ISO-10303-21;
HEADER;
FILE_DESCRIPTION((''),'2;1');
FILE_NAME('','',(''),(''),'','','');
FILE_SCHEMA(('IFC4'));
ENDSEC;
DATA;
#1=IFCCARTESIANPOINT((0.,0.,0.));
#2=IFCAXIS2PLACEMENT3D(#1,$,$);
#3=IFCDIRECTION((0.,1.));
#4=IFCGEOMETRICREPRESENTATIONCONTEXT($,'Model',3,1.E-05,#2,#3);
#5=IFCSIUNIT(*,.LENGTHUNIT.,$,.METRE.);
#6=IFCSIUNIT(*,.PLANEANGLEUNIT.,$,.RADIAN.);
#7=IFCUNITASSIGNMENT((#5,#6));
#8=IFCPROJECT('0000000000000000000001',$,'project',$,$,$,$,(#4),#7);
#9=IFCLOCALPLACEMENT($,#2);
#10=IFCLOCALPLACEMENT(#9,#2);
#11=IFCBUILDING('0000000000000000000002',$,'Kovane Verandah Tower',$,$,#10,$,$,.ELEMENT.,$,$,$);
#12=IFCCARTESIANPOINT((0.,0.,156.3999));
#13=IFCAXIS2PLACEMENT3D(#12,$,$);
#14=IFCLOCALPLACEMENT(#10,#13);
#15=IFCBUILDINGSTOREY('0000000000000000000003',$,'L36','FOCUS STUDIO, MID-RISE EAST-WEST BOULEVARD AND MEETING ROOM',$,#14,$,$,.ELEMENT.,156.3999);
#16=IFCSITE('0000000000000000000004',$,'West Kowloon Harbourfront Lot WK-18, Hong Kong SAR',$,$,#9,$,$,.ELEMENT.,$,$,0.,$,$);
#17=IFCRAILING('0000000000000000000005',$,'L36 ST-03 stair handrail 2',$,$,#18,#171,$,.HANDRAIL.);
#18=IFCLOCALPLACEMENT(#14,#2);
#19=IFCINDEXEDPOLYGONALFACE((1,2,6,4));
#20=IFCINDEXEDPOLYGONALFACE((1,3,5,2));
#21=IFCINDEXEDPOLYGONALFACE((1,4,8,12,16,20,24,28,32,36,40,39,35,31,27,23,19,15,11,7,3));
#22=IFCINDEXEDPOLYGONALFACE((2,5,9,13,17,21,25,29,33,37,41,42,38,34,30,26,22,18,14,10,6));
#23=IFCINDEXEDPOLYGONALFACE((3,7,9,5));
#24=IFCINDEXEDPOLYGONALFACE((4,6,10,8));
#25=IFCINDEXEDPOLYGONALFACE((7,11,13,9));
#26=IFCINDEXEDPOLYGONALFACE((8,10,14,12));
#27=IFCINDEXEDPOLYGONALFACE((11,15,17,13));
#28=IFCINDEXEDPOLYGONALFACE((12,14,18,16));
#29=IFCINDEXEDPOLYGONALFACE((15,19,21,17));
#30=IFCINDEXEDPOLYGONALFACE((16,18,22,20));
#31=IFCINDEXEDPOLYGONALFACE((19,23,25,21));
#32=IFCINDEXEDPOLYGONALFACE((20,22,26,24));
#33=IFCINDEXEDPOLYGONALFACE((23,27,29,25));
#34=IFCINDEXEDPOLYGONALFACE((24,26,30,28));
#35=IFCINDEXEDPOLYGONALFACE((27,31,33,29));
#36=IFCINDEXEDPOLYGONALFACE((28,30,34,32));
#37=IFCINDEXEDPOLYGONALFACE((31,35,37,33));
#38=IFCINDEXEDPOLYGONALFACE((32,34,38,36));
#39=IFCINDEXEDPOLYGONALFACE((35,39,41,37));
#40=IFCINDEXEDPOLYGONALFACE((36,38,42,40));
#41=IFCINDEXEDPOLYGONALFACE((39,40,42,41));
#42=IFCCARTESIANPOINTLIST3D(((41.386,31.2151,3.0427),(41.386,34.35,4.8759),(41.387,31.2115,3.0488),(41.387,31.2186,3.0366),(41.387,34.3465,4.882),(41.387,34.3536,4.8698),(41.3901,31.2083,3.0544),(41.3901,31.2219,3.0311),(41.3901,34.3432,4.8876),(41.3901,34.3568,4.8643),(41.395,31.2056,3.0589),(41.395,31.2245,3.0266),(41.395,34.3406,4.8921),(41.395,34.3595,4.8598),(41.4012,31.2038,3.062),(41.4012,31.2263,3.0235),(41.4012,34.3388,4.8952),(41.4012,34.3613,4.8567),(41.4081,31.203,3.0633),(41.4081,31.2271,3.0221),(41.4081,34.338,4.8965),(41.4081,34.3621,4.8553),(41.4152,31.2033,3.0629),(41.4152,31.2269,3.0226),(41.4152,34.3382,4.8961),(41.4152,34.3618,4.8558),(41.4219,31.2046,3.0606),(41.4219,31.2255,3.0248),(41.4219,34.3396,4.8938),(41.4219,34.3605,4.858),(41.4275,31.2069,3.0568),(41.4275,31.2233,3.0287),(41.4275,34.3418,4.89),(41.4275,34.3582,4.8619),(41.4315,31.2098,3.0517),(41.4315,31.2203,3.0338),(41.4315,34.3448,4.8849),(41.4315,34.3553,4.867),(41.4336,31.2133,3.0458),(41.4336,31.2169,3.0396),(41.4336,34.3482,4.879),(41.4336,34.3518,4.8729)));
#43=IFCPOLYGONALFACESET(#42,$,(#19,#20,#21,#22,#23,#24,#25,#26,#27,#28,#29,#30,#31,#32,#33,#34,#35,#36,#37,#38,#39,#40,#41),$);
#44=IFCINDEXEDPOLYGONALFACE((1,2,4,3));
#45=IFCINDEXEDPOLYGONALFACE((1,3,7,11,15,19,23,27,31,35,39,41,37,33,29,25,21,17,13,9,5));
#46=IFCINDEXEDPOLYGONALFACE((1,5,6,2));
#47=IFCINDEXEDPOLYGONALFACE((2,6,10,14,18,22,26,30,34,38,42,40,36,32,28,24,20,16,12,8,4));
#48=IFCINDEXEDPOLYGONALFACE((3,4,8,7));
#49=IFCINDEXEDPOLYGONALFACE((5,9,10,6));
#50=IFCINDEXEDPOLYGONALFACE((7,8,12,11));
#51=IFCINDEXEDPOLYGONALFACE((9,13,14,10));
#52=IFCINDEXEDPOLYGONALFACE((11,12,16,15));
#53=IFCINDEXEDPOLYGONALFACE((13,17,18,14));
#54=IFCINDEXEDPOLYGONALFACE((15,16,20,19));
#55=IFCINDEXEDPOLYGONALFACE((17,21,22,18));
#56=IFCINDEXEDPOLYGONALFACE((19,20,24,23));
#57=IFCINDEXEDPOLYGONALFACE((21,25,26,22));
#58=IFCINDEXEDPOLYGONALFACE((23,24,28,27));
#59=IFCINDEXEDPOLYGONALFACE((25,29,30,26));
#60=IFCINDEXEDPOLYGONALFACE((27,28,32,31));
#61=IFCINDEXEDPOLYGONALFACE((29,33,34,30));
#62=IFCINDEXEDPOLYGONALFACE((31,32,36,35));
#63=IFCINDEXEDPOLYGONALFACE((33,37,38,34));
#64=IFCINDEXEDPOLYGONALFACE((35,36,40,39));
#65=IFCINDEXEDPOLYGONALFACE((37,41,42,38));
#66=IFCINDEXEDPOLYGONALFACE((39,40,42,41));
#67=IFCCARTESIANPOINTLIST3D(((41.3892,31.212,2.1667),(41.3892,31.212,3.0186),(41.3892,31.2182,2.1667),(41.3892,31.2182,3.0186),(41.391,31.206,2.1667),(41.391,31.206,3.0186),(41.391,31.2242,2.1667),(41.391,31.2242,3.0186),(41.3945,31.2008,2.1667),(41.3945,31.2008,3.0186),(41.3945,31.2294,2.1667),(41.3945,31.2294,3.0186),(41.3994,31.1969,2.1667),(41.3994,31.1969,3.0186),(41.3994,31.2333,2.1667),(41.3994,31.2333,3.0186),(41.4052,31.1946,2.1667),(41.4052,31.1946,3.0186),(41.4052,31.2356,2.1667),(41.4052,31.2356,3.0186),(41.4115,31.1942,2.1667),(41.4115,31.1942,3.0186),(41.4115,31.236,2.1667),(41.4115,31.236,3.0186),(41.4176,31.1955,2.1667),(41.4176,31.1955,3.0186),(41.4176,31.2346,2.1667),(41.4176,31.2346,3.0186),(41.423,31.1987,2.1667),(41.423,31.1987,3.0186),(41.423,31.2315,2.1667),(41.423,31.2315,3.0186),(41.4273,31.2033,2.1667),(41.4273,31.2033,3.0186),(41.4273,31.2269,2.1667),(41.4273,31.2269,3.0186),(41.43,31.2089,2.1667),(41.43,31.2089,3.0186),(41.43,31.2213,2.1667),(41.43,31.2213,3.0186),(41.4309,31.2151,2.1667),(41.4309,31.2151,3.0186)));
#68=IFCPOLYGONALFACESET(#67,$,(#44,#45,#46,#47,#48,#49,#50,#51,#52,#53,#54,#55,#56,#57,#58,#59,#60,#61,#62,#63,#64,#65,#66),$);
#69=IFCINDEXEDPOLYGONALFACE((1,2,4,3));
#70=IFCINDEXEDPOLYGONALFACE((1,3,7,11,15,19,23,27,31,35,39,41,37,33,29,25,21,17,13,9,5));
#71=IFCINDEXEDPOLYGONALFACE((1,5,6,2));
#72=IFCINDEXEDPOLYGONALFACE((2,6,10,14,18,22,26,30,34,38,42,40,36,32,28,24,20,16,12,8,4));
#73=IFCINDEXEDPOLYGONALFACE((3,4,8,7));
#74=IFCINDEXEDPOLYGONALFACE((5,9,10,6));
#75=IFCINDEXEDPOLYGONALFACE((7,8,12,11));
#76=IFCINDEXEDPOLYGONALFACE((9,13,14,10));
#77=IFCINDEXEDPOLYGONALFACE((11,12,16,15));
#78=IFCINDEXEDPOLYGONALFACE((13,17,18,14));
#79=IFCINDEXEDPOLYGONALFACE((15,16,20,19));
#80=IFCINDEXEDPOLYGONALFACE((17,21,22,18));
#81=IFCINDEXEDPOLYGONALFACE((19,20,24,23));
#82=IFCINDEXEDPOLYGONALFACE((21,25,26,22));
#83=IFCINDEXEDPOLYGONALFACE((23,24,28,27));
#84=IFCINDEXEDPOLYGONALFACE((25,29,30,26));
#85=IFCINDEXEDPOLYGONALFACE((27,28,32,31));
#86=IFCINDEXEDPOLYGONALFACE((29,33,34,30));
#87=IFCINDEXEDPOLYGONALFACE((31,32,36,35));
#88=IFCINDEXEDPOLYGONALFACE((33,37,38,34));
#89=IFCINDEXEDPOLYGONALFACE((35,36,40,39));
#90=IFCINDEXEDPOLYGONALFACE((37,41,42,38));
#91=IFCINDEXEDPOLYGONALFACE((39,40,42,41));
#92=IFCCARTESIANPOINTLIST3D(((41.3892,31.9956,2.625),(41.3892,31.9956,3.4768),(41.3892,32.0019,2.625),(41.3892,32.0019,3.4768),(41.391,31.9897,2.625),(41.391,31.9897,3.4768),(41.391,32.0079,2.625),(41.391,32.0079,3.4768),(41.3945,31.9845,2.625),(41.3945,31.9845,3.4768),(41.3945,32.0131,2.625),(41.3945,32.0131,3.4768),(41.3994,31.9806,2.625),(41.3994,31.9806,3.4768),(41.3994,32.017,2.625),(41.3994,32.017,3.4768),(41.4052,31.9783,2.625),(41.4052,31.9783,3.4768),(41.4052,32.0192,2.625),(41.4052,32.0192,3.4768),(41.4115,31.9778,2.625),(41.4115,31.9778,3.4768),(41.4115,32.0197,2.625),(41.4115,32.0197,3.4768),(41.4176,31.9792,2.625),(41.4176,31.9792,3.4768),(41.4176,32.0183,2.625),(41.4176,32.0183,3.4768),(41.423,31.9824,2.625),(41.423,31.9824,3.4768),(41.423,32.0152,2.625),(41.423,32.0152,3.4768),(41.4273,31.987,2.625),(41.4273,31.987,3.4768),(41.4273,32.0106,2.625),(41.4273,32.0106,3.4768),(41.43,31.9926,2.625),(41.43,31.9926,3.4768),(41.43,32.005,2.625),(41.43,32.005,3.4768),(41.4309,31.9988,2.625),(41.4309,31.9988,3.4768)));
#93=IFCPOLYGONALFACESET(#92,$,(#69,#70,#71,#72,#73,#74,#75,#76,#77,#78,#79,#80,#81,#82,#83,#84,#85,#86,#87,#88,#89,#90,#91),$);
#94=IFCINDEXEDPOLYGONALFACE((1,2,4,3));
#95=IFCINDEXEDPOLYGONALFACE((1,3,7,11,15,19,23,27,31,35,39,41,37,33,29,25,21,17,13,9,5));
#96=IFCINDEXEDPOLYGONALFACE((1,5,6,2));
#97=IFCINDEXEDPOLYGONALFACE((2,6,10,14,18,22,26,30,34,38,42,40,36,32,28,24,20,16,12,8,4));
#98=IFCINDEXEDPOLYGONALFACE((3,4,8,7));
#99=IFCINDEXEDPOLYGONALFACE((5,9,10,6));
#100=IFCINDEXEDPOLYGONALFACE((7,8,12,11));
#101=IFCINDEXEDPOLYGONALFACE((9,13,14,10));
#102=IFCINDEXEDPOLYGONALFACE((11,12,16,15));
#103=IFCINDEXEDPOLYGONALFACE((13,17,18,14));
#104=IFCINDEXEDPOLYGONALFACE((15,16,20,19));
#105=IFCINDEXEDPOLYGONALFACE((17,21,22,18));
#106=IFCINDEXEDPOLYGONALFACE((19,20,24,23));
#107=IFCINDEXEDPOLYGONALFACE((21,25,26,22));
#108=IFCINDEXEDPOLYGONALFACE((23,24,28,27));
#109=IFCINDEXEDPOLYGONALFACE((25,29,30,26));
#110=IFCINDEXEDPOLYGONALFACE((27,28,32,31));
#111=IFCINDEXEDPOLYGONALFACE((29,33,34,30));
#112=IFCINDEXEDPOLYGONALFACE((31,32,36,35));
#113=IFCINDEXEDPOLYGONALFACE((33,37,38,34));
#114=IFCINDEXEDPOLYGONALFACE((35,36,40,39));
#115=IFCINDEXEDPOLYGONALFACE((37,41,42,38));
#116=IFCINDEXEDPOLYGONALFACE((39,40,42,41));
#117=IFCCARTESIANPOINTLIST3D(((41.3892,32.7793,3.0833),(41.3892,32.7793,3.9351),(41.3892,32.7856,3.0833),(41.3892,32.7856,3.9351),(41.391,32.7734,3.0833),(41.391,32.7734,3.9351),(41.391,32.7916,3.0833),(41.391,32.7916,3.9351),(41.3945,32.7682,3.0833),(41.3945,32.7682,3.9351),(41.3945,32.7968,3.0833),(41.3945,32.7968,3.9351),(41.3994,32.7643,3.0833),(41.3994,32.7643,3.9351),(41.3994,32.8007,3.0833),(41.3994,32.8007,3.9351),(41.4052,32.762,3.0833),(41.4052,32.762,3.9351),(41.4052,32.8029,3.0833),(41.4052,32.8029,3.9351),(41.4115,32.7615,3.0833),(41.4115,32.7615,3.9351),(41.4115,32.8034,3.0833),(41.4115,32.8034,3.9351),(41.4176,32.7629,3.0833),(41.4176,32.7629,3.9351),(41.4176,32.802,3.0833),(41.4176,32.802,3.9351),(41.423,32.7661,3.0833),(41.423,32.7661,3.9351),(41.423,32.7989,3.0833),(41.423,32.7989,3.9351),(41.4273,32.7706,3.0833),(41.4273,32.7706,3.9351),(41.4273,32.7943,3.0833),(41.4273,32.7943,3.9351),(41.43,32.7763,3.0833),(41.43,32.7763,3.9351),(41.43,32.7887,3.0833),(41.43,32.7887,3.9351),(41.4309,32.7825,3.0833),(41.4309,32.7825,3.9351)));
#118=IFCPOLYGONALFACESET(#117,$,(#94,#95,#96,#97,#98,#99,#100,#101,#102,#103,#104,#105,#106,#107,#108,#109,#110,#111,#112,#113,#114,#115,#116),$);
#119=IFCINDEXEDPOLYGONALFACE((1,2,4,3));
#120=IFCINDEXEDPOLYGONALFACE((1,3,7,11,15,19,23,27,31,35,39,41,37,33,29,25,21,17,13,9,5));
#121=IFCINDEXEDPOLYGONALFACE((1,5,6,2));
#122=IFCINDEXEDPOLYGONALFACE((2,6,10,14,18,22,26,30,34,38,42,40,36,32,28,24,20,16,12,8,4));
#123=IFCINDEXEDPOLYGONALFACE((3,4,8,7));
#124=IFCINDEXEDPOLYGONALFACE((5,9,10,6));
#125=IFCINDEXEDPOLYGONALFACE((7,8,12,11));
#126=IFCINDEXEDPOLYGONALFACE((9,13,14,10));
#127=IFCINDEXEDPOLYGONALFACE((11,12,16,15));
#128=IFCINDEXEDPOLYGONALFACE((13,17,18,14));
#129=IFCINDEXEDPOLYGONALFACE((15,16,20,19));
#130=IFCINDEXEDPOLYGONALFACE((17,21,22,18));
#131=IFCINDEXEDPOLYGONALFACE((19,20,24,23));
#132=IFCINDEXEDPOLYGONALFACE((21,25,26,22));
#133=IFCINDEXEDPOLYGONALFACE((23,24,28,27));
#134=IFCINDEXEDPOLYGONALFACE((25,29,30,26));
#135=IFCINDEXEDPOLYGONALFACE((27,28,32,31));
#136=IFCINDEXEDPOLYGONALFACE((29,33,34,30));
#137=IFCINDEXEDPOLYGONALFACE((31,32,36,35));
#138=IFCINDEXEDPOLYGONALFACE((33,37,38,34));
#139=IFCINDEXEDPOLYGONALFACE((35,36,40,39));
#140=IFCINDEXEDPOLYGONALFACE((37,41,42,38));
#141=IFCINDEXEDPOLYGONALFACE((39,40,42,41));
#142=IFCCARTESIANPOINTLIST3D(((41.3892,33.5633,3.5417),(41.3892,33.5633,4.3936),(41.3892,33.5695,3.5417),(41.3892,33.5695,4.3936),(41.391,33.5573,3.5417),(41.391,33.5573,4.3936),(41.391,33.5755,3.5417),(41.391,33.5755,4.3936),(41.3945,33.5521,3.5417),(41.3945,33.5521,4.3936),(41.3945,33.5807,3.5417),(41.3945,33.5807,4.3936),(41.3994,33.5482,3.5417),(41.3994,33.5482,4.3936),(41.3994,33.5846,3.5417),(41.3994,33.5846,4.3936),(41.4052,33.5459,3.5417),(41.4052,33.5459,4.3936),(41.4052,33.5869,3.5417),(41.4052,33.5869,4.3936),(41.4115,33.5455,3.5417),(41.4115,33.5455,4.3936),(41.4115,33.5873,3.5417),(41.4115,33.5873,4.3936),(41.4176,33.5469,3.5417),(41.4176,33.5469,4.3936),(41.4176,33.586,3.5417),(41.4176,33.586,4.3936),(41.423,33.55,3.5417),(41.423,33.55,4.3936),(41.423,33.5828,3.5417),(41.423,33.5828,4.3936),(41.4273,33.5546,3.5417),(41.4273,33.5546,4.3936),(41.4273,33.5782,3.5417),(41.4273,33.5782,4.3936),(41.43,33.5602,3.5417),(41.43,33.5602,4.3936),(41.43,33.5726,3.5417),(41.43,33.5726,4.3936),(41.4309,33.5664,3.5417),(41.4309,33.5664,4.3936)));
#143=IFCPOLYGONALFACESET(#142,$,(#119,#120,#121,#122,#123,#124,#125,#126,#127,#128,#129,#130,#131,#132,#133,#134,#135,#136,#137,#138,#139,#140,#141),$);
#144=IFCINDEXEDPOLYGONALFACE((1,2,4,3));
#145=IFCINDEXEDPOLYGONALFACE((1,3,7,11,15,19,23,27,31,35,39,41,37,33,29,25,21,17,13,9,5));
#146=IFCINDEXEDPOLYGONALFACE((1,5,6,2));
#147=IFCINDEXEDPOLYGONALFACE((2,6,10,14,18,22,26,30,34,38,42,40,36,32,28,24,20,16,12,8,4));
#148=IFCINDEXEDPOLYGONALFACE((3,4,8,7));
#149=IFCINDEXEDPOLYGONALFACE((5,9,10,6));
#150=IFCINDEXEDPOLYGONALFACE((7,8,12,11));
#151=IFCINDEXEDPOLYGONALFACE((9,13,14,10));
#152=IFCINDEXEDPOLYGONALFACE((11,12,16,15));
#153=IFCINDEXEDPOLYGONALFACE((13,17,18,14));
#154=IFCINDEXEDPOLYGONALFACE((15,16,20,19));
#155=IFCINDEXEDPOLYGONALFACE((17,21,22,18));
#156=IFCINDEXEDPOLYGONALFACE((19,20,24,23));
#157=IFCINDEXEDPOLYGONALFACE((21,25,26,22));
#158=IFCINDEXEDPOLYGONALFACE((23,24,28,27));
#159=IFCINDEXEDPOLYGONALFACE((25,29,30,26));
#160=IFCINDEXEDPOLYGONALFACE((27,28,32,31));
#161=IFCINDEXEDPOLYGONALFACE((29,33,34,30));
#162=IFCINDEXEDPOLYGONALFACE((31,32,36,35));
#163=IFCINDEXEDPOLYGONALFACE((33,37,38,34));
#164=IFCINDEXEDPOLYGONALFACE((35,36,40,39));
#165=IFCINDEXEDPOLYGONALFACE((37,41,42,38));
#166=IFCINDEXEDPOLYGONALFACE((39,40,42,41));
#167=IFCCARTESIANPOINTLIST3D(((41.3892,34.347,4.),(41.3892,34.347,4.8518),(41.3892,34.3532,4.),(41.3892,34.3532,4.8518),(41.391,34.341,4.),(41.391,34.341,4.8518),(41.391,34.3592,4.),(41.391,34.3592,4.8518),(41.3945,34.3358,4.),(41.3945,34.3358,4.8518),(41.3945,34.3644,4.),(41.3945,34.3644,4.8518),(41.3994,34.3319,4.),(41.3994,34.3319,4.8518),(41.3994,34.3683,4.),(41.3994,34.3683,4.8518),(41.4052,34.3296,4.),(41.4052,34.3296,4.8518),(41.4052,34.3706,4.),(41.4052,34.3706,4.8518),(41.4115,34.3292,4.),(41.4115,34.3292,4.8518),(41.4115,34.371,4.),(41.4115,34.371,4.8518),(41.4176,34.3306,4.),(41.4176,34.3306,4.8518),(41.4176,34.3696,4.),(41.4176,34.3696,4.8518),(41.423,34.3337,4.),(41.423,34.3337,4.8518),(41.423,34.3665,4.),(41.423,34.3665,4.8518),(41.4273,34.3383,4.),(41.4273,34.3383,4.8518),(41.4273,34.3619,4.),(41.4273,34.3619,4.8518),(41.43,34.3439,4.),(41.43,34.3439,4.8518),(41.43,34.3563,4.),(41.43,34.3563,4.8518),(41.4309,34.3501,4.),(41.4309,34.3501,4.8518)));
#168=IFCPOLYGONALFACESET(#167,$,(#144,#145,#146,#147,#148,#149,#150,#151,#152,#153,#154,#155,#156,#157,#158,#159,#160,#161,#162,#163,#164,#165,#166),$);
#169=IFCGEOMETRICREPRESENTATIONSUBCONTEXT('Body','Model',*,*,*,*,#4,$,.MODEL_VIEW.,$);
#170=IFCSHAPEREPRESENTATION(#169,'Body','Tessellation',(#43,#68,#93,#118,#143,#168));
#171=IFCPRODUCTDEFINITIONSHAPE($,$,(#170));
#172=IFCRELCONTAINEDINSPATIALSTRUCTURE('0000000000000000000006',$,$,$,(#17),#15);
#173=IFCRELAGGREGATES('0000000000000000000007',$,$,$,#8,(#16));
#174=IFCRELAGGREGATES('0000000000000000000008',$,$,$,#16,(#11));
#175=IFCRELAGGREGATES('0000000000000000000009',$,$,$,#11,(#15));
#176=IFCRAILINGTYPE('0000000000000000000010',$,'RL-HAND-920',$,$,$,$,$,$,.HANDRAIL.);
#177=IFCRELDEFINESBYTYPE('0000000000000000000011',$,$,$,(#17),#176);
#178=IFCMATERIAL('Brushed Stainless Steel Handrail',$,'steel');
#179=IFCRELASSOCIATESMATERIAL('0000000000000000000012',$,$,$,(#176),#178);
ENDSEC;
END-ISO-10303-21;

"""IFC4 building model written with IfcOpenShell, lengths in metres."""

from ifc_helpers import new_model, si_unit, direction, frame, origin, origin_2d, place, context, subcontext, project, spatial, circle, extrude, material, type_object, element, save


model = new_model("IFC4")

# Units and contexts
model_context = context("Model", 3, precision=1e-05, world=origin(), true_north=direction((0.0, 1.0)))
body_context = subcontext(model_context, "Body", "Model", "MODEL_VIEW")
ifc_project = project(units=[si_unit("LENGTHUNIT", "METRE"), si_unit("PLANEANGLEUNIT", "RADIAN")], contexts=[model_context])

# Site, building, storey
site_placement = place(None, origin())
site = spatial("IfcSite", under=ifc_project, at=site_placement, Name="West Kowloon Harbourfront Lot WK-18, Hong Kong SAR", CompositionType="ELEMENT", RefElevation=0.0)
building_placement = place(site_placement, origin())
building = spatial("IfcBuilding", under=site, at=building_placement, Name="Kovane Verandah Tower", CompositionType="ELEMENT")
storey_placement = place(building_placement, frame((0.0, 0.0, 156.3999)))
storey = spatial("IfcBuildingStorey", under=building, at=storey_placement, Name="L36", Description="FOCUS STUDIO, MID-RISE EAST-WEST BOULEVARD AND MEETING ROOM", CompositionType="ELEMENT", Elevation=156.3999)

# Railing
ifc_material_1 = material(Name="Brushed Stainless Steel Handrail", Category="steel")
railing_type_1 = type_object("IfcRailingType", Name="RL-HAND-920", PredefinedType="HANDRAIL", material=ifc_material_1)
railing_1_placement = place(storey_placement, frame((41.4099, 31.2151, 2.1667)))
element("IfcRailing", 1, at=railing_1_placement, inside=storey, type_object=railing_type_1, Name="L36 ST-03 stair handrail 2", PredefinedType="HANDRAIL", context=body_context, shape_type="SweptSolid", body=[
    extrude(circle(Radius=0.0239, at=origin_2d()), frame((0.0, 0.0, 0.876), z_axis=(0.0, 0.86324, 0.504794), x_axis=(-1.0, 0.0, 0.0)), (0.0, 0.0, 1.0), 3.6316),
    extrude(circle(Radius=0.021, at=origin_2d()), origin(), (0.0, 0.0, 1.0), 0.8518),
    extrude(circle(Radius=0.021, at=origin_2d()), frame((0.0, 0.7837, 0.4583)), (0.0, 0.0, 1.0), 0.8518),
    extrude(circle(Radius=0.021, at=origin_2d()), frame((0.0, 1.5674, 0.9165)), (0.0, 0.0, 1.0), 0.8518),
    extrude(circle(Radius=0.021, at=origin_2d()), frame((0.0, 2.3513, 1.375)), (0.0, 0.0, 1.0), 0.8518),
    extrude(circle(Radius=0.021, at=origin_2d()), frame((0.0, 3.135, 1.8333)), (0.0, 0.0, 1.0), 0.8518),
])

save(model, "model.ifc")
